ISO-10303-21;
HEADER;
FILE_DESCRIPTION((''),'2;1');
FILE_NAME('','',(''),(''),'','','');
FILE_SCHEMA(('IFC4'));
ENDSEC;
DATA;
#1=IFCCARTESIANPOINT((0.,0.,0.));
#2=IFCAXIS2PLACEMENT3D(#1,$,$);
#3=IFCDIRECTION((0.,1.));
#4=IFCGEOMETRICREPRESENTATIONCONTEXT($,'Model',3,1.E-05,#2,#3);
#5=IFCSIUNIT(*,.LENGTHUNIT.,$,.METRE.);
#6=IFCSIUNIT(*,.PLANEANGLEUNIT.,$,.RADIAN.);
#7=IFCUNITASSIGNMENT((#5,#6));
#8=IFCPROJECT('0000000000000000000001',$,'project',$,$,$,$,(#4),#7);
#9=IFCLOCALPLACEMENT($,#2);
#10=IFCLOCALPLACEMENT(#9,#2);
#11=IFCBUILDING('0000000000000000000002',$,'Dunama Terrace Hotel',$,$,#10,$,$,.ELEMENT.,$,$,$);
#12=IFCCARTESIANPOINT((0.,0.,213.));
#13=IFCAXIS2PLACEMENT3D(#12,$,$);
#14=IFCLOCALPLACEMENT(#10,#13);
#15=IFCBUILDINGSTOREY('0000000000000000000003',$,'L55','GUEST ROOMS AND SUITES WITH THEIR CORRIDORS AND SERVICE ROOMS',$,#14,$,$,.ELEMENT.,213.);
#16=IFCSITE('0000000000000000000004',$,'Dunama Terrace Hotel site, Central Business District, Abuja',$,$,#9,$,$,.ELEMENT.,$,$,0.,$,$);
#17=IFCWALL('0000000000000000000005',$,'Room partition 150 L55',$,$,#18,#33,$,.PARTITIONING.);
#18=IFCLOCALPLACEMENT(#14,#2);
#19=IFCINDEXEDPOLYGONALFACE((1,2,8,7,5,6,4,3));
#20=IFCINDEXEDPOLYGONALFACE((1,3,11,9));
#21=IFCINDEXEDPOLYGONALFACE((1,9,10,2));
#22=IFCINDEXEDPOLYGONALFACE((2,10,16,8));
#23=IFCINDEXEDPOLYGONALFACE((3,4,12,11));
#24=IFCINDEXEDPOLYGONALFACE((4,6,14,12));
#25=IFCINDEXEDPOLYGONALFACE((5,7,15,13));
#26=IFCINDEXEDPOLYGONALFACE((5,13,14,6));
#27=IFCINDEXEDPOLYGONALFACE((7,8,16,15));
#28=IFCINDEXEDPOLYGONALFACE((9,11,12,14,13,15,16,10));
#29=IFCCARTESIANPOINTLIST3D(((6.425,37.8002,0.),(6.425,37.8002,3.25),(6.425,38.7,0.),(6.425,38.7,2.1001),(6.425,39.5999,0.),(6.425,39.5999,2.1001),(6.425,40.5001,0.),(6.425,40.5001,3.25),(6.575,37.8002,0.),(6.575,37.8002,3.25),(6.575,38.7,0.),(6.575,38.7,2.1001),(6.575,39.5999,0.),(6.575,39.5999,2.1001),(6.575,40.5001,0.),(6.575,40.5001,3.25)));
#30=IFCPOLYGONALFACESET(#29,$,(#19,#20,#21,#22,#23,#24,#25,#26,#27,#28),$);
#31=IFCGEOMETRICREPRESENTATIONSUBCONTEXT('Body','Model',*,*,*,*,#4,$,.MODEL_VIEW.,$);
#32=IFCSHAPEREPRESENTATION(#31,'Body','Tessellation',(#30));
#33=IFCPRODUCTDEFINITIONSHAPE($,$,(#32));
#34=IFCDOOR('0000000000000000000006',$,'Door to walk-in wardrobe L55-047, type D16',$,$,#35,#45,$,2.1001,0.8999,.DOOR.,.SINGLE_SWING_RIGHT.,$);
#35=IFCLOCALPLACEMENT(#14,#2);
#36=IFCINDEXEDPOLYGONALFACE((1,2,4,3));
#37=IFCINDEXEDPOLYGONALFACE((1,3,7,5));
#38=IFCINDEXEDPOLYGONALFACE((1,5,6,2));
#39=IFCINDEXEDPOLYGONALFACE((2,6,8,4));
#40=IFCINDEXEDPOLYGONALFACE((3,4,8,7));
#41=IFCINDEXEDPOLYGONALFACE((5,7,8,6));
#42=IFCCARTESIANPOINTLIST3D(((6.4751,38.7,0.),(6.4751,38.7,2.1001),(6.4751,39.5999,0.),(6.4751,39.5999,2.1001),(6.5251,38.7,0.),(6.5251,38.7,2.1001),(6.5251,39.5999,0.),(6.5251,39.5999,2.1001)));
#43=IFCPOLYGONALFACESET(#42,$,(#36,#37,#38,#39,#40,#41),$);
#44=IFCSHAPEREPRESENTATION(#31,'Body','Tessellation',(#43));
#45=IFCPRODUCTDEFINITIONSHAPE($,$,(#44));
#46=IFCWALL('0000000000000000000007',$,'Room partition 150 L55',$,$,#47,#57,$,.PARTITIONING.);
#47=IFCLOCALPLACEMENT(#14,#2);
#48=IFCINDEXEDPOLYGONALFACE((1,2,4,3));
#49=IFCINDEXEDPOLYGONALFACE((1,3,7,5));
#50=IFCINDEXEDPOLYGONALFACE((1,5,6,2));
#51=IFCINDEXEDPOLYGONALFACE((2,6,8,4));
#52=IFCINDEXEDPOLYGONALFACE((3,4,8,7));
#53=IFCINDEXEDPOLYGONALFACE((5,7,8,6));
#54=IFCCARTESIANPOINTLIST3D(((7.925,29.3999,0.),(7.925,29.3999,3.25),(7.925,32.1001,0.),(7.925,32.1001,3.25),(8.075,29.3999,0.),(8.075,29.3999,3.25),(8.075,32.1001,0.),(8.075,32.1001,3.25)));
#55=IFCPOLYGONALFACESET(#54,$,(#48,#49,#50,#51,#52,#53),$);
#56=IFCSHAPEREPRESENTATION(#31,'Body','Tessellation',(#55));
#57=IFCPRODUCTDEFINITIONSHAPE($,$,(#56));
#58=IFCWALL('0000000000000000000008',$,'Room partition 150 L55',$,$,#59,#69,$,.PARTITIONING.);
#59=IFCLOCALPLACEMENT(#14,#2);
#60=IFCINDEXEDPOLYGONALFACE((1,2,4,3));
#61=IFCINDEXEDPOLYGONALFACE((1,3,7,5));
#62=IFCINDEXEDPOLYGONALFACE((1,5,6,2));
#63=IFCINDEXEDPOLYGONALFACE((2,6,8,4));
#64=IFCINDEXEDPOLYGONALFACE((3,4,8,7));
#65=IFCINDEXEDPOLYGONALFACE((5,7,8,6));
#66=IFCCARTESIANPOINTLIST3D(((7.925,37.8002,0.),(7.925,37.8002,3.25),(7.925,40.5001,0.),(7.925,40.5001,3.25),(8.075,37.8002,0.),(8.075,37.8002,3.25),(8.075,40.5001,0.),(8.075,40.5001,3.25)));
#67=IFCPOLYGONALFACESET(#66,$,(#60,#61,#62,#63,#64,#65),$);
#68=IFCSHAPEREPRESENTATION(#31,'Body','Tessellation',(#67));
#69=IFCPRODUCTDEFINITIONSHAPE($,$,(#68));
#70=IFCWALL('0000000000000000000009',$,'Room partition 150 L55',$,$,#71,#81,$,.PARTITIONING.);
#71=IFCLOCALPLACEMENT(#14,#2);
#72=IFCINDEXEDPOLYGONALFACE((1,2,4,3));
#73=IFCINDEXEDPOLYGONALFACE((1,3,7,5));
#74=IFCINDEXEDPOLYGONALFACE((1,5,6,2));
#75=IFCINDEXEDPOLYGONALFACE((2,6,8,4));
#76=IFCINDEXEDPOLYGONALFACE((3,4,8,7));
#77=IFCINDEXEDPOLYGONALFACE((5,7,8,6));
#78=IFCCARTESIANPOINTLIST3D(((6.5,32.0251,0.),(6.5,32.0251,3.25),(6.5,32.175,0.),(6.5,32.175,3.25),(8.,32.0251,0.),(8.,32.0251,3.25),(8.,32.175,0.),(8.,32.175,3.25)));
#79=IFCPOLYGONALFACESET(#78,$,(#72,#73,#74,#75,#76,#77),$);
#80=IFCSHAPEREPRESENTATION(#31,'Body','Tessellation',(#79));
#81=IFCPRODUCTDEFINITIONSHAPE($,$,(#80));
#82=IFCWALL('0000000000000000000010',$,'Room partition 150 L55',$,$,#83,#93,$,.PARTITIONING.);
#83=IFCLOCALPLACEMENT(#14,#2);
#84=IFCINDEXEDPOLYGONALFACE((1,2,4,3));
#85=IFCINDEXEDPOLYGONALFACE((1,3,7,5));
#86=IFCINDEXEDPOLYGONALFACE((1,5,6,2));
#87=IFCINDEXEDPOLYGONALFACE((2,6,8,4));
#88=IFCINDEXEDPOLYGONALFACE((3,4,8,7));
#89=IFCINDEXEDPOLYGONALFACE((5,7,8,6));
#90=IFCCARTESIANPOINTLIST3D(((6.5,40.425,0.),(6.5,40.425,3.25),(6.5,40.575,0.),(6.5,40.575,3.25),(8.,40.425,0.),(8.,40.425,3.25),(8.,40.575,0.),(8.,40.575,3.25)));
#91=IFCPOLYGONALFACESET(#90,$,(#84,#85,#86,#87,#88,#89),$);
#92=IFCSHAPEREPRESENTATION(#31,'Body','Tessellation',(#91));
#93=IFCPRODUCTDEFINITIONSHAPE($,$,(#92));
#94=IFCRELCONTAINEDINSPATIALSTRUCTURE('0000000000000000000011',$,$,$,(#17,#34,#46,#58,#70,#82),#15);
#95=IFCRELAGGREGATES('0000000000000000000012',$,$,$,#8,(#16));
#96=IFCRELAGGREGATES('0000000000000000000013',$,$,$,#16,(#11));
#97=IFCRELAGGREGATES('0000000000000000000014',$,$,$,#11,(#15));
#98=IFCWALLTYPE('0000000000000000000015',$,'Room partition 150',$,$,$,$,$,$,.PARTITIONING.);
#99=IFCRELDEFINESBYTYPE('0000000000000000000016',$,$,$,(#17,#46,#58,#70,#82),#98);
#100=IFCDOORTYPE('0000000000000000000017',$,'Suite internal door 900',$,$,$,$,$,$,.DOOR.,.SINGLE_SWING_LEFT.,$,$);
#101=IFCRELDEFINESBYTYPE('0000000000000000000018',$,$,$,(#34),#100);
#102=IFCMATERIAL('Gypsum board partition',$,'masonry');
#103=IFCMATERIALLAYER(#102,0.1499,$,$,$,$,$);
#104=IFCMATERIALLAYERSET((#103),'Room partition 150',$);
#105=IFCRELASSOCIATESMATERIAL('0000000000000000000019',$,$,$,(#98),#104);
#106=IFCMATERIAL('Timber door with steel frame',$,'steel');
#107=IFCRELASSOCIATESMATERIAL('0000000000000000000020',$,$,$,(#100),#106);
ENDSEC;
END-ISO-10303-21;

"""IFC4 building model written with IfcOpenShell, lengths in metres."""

from ifc_helpers import new_model, si_unit, direction, frame, frame_2d, origin, place, context, subcontext, project, spatial, rectangle, extrude, material, layer, layer_set, type_object, element, fill, save


model = new_model("IFC4")

# Units and contexts
model_context = context("Model", 3, precision=1e-05, world=origin(), true_north=direction((0.0, 1.0)))
body_context = subcontext(model_context, "Body", "Model", "MODEL_VIEW")
ifc_project = project(units=[si_unit("LENGTHUNIT", "METRE"), si_unit("PLANEANGLEUNIT", "RADIAN")], contexts=[model_context])

# Site, building, storey
site_placement = place(None, origin())
site = spatial("IfcSite", under=ifc_project, at=site_placement, Name="Dunama Terrace Hotel site, Central Business District, Abuja", CompositionType="ELEMENT", RefElevation=0.0)
building_placement = place(site_placement, origin())
building = spatial("IfcBuilding", under=site, at=building_placement, Name="Dunama Terrace Hotel", CompositionType="ELEMENT")
storey_placement = place(building_placement, frame((0.0, 0.0, 213.0)))
storey = spatial("IfcBuildingStorey", under=building, at=storey_placement, Name="L55", Description="GUEST ROOMS AND SUITES WITH THEIR CORRIDORS AND SERVICE ROOMS", CompositionType="ELEMENT", Elevation=213.0)

# Wall, opening, door
ifc_material_1 = material(Name="Gypsum board partition", Category="masonry")
ifc_layer_1 = layer(ifc_material_1, 0.1499)
ifc_layer_set_1 = layer_set([ifc_layer_1], Name="Room partition 150")
wall_type_1 = type_object("IfcWallType", Name="Room partition 150", PredefinedType="PARTITIONING", material=ifc_layer_set_1)
ifc_material_2 = material(Name="Timber door with steel frame", Category="steel")
door_type_1 = type_object("IfcDoorType", Name="Suite internal door 900", OperationType="SINGLE_SWING_LEFT", PredefinedType="DOOR", material=ifc_material_2)
wall_1_placement = place(storey_placement, frame((6.5, 37.8, 0.0), z_axis=(0.0, 0.0, 1.0), x_axis=(0.0, 1.0, 0.0)))
wall_1 = element("IfcWall", 1, at=wall_1_placement, inside=storey, type_object=wall_type_1, Name="Room partition 150 L55", PredefinedType="PARTITIONING", context=body_context, shape_type="SweptSolid", body=[
    extrude(rectangle(XDim=2.7, YDim=0.1499, at=frame_2d((1.3501, 0.0))), origin(), (0.0, 0.0, 1.0), 3.25),
])
opening_1_placement = place(wall_1_placement, frame((0.8999, 0.0, 0.0)))
opening_1 = element("IfcOpeningElement", 2, at=opening_1_placement, cuts=wall_1, PredefinedType="OPENING", context=body_context, shape_type="SweptSolid", body=[
    extrude(rectangle(XDim=0.8999, YDim=2.1001, at=frame_2d((0.45, 1.05))), frame((0.0, 0.085, 0.0), z_axis=(0.0, -1.0, 0.0), x_axis=(1.0, 0.0, 0.0)), (0.0, 0.0, 1.0), 0.1699),
])
door_1_placement = place(opening_1_placement, frame((0.8999, 0.0, 0.0), z_axis=(0.0, 0.0, 1.0), x_axis=(-1.0, 0.0, 0.0)))
door_1 = element("IfcDoor", 3, at=door_1_placement, inside=storey, type_object=door_type_1, Name="Door to walk-in wardrobe L55-047, type D16", OperationType="SINGLE_SWING_RIGHT", OverallHeight=2.1001, OverallWidth=0.8999, PredefinedType="DOOR", context=body_context, shape_type="SweptSolid", body=[
    extrude(rectangle(XDim=0.8999, YDim=2.1001, at=frame_2d((0.45, 1.05))), frame((0.0, 0.0251, 0.0), z_axis=(0.0, -1.0, 0.0), x_axis=(1.0, 0.0, 0.0)), (0.0, 0.0, 1.0), 0.05),
])
fill(opening_1, door_1)

# Walls
wall_2_placement = place(storey_placement, frame((8.0, 29.3999, 0.0), z_axis=(0.0, 0.0, 1.0), x_axis=(0.0, 1.0, 0.0)))
element("IfcWall", 4, at=wall_2_placement, inside=storey, type_object=wall_type_1, Name="Room partition 150 L55", PredefinedType="PARTITIONING", context=body_context, shape_type="SweptSolid", body=[
    extrude(rectangle(XDim=2.7002, YDim=0.1499, at=frame_2d((1.3501, 0.0))), origin(), (0.0, 0.0, 1.0), 3.25),
])
wall_3_placement = place(storey_placement, frame((8.0, 37.8, 0.0), z_axis=(0.0, 0.0, 1.0), x_axis=(0.0, 1.0, 0.0)))
element("IfcWall", 5, at=wall_3_placement, inside=storey, type_object=wall_type_1, Name="Room partition 150 L55", PredefinedType="PARTITIONING", context=body_context, shape_type="SweptSolid", body=[
    extrude(rectangle(XDim=2.7, YDim=0.1499, at=frame_2d((1.3501, 0.0))), origin(), (0.0, 0.0, 1.0), 3.25),
])
for number, where, z_axis, x_axis, name in (
    (6, (6.5, 32.1001, 0.0), (0.0, 0.0, 1.0), (1.0, 0.0, 0.0), "Room partition 150 L55"),
    (7, (6.5, 40.5, 0.0), (0.0, 0.0, 1.0), (1.0, 0.0, 0.0), "Room partition 150 L55"),
):
    element("IfcWall", number, at=place(storey_placement, frame(where, z_axis=z_axis, x_axis=x_axis)), inside=storey, type_object=wall_type_1, Name=name, PredefinedType="PARTITIONING", context=body_context, shape_type="SweptSolid", body=[
        extrude(rectangle(XDim=1.5, YDim=0.1499, at=frame_2d((0.75, 0.0))), origin(), (0.0, 0.0, 1.0), 3.25),
    ])

save(model, "model.ifc")
